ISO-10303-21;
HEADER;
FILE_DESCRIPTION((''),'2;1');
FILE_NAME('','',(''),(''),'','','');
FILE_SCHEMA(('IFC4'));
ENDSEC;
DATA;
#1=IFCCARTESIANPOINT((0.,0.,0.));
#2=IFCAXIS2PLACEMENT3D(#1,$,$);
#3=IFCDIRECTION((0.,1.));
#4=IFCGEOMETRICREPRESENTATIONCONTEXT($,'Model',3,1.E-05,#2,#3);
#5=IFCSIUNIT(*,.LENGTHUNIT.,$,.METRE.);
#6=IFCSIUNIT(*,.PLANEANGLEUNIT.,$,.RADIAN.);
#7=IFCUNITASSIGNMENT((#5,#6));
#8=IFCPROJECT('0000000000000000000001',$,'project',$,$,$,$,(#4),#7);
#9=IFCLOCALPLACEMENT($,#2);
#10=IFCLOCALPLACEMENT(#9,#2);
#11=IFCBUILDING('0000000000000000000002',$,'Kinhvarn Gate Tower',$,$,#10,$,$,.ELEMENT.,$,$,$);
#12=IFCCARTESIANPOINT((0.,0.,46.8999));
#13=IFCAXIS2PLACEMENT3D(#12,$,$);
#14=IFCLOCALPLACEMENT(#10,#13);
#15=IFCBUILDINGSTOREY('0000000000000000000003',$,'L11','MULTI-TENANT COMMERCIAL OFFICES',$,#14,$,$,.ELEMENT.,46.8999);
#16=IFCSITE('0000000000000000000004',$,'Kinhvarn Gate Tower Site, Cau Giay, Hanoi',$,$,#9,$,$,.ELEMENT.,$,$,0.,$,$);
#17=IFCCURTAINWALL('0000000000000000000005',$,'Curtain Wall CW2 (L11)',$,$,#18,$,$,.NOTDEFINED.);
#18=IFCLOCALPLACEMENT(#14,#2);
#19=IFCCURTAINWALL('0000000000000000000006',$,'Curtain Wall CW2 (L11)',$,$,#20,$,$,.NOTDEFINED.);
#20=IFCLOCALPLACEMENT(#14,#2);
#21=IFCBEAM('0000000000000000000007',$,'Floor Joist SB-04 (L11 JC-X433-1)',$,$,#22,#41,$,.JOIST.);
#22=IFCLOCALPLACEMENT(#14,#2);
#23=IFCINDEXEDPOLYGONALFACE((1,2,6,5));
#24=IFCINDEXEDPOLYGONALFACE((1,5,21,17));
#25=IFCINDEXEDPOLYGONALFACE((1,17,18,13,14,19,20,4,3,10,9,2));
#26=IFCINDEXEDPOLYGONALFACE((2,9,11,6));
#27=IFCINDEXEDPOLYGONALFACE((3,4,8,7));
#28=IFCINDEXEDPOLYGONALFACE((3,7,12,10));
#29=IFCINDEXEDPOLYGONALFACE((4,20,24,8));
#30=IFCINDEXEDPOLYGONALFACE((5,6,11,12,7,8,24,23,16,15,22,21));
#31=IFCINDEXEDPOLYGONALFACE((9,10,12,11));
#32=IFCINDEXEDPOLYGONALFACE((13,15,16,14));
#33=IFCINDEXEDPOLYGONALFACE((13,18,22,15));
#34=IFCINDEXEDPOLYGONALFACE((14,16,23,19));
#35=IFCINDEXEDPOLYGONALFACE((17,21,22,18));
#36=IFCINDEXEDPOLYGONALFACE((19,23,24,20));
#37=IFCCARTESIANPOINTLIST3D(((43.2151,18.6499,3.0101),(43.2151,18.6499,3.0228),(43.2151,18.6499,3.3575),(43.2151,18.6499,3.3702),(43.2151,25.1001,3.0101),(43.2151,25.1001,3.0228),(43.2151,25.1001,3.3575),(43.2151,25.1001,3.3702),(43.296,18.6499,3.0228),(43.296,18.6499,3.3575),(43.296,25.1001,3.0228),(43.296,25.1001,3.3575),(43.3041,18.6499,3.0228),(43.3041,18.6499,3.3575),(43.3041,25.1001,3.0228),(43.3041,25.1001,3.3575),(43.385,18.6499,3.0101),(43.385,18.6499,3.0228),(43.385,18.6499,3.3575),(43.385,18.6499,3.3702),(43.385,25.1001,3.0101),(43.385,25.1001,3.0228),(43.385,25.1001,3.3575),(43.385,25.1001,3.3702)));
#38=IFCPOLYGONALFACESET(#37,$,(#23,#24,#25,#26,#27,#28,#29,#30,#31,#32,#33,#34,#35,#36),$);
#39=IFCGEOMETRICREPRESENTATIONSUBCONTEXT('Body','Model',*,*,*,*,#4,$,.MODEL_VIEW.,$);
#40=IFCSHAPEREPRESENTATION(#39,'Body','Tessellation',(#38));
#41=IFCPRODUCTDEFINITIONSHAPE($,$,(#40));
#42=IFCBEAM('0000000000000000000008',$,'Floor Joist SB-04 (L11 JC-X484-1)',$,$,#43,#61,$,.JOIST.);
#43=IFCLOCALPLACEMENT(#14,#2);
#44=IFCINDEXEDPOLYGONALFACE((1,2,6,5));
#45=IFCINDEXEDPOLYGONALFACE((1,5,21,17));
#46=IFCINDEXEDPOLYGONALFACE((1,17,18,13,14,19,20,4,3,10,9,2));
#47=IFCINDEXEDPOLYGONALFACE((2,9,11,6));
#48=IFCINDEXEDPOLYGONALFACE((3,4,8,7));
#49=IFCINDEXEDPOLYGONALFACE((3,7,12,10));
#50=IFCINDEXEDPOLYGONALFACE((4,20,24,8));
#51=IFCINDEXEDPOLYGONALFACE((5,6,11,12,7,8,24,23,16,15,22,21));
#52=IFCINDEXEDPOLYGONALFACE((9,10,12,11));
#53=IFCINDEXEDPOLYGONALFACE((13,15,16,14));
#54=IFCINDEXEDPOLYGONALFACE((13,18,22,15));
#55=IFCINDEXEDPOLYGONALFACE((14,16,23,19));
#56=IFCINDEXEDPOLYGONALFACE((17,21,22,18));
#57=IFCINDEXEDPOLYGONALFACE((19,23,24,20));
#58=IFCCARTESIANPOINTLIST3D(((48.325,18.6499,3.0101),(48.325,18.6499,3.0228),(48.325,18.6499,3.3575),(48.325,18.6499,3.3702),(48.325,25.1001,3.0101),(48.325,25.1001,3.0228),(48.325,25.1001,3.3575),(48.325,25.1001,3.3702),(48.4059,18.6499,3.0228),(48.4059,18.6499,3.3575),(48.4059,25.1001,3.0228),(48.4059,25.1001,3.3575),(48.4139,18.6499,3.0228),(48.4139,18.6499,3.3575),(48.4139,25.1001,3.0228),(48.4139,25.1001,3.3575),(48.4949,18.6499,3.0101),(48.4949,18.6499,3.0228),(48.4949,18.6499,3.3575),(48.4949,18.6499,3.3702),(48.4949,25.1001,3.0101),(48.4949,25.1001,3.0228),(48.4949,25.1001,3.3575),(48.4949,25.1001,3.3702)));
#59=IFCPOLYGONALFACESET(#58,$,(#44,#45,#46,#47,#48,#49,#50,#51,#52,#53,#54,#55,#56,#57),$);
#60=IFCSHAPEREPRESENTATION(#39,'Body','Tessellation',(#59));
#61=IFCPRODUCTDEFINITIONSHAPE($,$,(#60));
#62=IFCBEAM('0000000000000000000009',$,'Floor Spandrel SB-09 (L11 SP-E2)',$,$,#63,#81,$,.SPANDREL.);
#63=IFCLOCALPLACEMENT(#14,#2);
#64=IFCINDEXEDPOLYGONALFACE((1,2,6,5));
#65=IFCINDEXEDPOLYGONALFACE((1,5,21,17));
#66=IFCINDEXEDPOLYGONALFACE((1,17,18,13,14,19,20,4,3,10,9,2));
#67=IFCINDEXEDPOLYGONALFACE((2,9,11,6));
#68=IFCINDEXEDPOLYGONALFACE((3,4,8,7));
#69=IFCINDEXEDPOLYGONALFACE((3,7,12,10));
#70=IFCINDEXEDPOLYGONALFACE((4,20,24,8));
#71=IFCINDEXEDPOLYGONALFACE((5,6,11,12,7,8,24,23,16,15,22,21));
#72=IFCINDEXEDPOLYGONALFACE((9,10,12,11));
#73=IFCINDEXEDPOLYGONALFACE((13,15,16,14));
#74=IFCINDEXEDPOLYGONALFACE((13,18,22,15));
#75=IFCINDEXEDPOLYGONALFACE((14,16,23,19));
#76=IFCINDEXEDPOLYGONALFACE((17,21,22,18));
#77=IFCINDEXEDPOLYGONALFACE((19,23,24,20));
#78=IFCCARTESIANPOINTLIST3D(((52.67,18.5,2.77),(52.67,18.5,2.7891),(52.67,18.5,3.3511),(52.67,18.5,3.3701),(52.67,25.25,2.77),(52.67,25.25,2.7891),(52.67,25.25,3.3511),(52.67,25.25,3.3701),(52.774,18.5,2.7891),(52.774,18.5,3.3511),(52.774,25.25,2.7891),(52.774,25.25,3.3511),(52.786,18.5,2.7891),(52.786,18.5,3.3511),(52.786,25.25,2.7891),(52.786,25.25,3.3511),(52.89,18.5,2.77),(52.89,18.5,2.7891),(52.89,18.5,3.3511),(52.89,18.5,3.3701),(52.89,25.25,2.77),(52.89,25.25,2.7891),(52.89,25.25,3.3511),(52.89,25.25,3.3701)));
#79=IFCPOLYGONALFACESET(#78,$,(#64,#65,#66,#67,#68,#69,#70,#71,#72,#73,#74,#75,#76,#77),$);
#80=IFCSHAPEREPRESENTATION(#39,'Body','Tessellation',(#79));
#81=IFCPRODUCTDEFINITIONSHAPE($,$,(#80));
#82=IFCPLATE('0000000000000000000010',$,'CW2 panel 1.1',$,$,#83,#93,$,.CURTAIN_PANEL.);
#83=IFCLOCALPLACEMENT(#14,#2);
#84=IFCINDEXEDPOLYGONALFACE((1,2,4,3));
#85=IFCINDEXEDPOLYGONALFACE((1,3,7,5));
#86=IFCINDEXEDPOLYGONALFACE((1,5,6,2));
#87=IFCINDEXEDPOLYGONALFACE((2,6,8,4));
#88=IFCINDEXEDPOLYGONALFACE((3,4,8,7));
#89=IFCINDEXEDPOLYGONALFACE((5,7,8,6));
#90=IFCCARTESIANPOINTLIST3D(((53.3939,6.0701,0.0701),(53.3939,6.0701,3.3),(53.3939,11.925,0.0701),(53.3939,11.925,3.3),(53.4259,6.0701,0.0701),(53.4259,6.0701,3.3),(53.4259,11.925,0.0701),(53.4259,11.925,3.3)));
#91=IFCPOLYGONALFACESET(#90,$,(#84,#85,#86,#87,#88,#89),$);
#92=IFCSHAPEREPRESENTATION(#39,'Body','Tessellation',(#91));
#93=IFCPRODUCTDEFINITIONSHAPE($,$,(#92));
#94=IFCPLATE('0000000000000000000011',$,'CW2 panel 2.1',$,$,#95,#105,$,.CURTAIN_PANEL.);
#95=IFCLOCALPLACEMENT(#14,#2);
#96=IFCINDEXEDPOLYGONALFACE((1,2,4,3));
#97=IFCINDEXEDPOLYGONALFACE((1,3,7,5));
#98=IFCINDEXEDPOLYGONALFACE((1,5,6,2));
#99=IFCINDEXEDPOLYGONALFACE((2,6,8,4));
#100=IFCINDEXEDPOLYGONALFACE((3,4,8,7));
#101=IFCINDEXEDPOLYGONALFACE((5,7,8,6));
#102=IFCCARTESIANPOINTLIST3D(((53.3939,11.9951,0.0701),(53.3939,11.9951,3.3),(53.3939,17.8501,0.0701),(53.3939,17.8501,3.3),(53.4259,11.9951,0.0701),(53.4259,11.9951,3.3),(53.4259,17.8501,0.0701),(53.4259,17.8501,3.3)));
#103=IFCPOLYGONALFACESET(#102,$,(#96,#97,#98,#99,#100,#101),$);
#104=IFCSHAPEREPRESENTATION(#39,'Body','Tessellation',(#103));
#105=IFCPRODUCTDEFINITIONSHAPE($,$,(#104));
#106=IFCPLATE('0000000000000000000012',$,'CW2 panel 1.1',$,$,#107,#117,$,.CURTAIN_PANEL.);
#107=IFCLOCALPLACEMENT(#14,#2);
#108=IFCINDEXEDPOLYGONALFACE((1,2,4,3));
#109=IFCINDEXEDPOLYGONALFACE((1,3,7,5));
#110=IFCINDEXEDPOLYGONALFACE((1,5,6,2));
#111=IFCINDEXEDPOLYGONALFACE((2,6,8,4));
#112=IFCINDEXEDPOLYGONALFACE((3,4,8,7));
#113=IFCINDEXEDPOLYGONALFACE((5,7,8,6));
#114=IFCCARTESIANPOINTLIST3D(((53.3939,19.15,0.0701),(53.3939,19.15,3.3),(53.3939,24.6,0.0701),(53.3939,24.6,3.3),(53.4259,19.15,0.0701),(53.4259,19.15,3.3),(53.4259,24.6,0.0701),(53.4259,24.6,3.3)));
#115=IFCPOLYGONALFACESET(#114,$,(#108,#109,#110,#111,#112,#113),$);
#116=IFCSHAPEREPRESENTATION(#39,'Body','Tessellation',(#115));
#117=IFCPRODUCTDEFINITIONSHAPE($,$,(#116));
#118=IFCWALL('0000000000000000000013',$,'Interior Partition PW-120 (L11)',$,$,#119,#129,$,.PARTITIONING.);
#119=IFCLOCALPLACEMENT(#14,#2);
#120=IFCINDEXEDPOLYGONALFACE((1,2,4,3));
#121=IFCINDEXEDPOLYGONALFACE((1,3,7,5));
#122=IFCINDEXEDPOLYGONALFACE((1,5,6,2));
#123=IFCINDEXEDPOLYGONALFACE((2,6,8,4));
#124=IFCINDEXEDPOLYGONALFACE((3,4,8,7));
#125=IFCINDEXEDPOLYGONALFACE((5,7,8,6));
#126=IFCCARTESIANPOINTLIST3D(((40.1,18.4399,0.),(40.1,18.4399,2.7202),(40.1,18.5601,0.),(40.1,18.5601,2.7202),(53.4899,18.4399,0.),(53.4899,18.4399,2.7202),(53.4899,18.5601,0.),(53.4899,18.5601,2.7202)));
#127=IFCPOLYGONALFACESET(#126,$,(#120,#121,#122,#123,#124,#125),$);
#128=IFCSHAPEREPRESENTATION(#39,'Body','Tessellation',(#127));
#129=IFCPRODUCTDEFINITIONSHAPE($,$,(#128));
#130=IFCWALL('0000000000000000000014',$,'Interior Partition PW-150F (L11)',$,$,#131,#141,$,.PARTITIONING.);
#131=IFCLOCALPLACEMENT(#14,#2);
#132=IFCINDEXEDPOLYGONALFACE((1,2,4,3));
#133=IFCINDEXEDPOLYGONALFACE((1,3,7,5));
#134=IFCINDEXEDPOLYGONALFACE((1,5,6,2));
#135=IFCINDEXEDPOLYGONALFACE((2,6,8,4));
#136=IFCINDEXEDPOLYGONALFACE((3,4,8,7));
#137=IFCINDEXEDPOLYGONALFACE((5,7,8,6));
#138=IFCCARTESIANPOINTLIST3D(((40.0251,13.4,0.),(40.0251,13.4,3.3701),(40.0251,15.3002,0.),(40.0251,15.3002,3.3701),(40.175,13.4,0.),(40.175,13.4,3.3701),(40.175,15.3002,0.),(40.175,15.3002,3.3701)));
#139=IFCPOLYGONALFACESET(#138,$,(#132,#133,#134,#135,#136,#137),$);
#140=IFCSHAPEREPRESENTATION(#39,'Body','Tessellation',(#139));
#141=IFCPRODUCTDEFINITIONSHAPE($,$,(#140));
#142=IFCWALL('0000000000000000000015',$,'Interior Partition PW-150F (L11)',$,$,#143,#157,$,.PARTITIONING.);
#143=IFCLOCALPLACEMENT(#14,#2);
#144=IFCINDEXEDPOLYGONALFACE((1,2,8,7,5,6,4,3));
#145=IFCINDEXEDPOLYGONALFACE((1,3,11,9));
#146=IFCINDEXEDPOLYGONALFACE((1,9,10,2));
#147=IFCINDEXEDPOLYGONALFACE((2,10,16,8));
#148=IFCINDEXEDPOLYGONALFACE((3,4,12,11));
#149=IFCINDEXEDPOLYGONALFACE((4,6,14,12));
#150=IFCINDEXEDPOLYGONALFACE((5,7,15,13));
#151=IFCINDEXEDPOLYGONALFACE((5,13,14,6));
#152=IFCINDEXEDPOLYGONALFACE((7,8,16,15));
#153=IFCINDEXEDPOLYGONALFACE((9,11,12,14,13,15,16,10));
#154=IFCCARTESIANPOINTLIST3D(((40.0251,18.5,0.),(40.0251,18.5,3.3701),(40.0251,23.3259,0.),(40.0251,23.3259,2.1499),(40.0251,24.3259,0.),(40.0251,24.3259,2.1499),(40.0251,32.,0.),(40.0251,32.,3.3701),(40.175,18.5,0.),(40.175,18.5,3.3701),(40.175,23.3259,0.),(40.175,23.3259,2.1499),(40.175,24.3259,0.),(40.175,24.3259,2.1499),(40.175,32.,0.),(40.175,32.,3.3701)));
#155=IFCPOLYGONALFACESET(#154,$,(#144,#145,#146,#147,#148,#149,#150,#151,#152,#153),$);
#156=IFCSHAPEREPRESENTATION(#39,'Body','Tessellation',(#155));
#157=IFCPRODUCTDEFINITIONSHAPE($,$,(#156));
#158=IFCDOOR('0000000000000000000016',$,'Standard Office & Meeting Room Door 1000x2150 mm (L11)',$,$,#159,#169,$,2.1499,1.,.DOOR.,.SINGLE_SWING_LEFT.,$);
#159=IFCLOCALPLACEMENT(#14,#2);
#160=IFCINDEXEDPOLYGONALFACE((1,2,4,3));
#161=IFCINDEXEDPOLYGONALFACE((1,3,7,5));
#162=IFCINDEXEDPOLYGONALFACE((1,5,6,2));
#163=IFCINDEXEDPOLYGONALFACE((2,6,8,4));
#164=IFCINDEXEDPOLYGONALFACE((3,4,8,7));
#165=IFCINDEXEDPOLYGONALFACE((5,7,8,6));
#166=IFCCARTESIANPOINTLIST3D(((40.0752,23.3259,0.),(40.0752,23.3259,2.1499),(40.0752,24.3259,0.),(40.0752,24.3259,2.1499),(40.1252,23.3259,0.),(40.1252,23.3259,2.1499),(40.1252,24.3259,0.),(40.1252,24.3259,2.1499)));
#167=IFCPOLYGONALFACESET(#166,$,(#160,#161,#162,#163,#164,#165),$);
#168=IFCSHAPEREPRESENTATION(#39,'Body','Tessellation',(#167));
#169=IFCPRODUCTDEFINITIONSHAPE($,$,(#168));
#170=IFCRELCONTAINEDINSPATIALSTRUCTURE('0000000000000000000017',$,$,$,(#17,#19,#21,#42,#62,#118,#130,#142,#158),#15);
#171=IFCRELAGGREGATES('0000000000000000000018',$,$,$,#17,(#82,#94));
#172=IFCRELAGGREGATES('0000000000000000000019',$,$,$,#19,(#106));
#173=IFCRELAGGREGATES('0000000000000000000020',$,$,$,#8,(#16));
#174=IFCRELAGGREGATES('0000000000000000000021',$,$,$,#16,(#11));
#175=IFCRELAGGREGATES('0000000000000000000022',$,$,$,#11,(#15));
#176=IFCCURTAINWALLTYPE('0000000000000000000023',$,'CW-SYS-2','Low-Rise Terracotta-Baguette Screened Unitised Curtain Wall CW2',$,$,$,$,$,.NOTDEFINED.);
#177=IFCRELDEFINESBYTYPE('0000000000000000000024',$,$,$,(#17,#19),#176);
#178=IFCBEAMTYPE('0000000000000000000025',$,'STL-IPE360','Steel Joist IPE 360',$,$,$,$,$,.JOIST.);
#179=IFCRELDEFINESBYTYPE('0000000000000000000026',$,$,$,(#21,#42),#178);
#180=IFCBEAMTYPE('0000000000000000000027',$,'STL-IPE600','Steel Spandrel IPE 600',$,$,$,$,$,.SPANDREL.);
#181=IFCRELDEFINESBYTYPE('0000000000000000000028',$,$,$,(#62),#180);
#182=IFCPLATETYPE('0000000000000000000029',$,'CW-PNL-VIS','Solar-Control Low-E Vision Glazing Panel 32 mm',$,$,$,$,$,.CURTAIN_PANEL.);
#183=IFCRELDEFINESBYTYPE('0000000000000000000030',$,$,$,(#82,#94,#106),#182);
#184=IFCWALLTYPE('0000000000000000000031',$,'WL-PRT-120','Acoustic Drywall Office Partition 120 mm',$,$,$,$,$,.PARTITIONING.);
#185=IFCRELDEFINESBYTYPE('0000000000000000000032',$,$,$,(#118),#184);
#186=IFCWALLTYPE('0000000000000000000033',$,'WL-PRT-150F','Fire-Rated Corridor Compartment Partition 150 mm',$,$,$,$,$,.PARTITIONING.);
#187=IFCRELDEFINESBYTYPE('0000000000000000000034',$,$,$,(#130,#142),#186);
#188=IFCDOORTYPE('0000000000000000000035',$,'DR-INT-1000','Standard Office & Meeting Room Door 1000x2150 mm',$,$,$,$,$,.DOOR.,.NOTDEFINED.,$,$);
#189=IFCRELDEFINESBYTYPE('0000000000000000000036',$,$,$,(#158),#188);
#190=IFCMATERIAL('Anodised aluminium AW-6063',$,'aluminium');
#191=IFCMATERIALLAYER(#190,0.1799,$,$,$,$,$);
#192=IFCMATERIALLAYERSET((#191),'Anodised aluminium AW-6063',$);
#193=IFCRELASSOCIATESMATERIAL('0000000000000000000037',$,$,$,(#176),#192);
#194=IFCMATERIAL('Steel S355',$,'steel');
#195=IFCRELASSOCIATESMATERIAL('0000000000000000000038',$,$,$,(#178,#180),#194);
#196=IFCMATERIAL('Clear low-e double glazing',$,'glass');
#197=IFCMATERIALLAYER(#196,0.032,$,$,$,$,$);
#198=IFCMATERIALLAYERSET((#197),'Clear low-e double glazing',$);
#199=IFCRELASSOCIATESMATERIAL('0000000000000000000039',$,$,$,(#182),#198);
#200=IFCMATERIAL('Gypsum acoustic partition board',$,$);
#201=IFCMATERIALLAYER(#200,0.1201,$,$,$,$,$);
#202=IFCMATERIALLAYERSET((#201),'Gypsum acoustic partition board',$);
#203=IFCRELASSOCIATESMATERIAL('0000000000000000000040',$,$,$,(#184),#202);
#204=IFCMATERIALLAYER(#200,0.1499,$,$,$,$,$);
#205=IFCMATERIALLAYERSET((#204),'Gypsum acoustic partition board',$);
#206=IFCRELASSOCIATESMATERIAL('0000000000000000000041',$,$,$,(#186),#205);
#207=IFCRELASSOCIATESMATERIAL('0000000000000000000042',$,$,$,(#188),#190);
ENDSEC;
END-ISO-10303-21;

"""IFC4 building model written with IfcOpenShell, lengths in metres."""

from ifc_helpers import new_model, si_unit, direction, frame, frame_2d, origin, origin_2d, place, context, subcontext, project, spatial, rectangle, i_section, extrude, material, layer, layer_set, material_profile, profile_set, type_object, element, fill, aggregate, save


model = new_model("IFC4")

# Units and contexts
model_context = context("Model", 3, precision=1e-05, world=origin(), true_north=direction((0.0, 1.0)))
body_context = subcontext(model_context, "Body", "Model", "MODEL_VIEW")
ifc_project = project(units=[si_unit("LENGTHUNIT", "METRE"), si_unit("PLANEANGLEUNIT", "RADIAN")], contexts=[model_context])

# Site, building, storey
site_placement = place(None, origin())
site = spatial("IfcSite", under=ifc_project, at=site_placement, Name="Kinhvarn Gate Tower Site, Cau Giay, Hanoi", CompositionType="ELEMENT", RefElevation=0.0)
building_placement = place(site_placement, origin())
building = spatial("IfcBuilding", under=site, at=building_placement, Name="Kinhvarn Gate Tower", CompositionType="ELEMENT")
storey_placement = place(building_placement, frame((0.0, 0.0, 46.8999)))
storey = spatial("IfcBuildingStorey", under=building, at=storey_placement, Name="L11", Description="MULTI-TENANT COMMERCIAL OFFICES", CompositionType="ELEMENT", Elevation=46.8999)

# Curtain wall
ifc_material_1 = material(Name="Anodised aluminium AW-6063", Category="aluminium")
ifc_layer_1 = layer(ifc_material_1, 0.1799)
ifc_layer_set_1 = layer_set([ifc_layer_1], Name="Anodised aluminium AW-6063")
curtain_wall_type = type_object("IfcCurtainWallType", Name="CW-SYS-2", Description="Low-Rise Terracotta-Baguette Screened Unitised Curtain Wall CW2", PredefinedType="NOTDEFINED", material=ifc_layer_set_1)
curtain_wall_1_placement = place(storey_placement, origin())
curtain_wall_1 = element("IfcCurtainWall", 1, at=curtain_wall_1_placement, inside=storey, type_object=curtain_wall_type, Name="Curtain Wall CW2 (L11)", PredefinedType="NOTDEFINED")

# Curtain wall
curtain_wall_2_placement = place(storey_placement, origin())
curtain_wall_2 = element("IfcCurtainWall", 2, at=curtain_wall_2_placement, inside=storey, type_object=curtain_wall_type, Name="Curtain Wall CW2 (L11)", PredefinedType="NOTDEFINED")

# Beams
ifc_material_2 = material(Name="Steel S355", Category="steel")
ifc_material_profile_1 = material_profile(ifc_material_2, i_section(OverallWidth=0.1699, OverallDepth=0.3601, WebThickness=0.0081, FlangeThickness=0.0127, at=origin_2d()), Name="IPE 360")
ifc_profile_set_1 = profile_set([ifc_material_profile_1], Name="Steel S355")
beam_type_1 = type_object("IfcBeamType", Name="STL-IPE360", Description="Steel Joist IPE 360", PredefinedType="JOIST", material=ifc_profile_set_1)
for number, where, z_axis, x_axis, name in (
    (3, (43.3, 18.6499, 3.1902), (0.0, 1.0, 0.0), (-1.0, 0.0, 0.0), "Floor Joist SB-04 (L11 JC-X433-1)"),
    (4, (48.4099, 18.6499, 3.1902), (0.0, 1.0, 0.0), (-1.0, 0.0, 0.0), "Floor Joist SB-04 (L11 JC-X484-1)"),
):
    element("IfcBeam", number, at=place(storey_placement, frame(where, z_axis=z_axis, x_axis=x_axis)), inside=storey, type_object=beam_type_1, Name=name, PredefinedType="JOIST", context=body_context, shape_type="SweptSolid", body=[
        extrude(i_section(OverallWidth=0.1699, OverallDepth=0.3601, WebThickness=0.0081, FlangeThickness=0.0127, at=origin_2d()), origin(), (0.0, 0.0, 1.0), 6.4502),
    ])
ifc_material_profile_2 = material_profile(ifc_material_2, i_section(OverallWidth=0.22, OverallDepth=0.6001, WebThickness=0.012, FlangeThickness=0.019, at=origin_2d()), Name="IPE 600")
ifc_profile_set_2 = profile_set([ifc_material_profile_2], Name="Steel S355")
beam_type_2 = type_object("IfcBeamType", Name="STL-IPE600", Description="Steel Spandrel IPE 600", PredefinedType="SPANDREL", material=ifc_profile_set_2)
beam_1_placement = place(storey_placement, frame((52.78, 18.5, 3.0701), z_axis=(0.0, 1.0, 0.0), x_axis=(-1.0, 0.0, 0.0)))
element("IfcBeam", 5, at=beam_1_placement, inside=storey, type_object=beam_type_2, Name="Floor Spandrel SB-09 (L11 SP-E2)", PredefinedType="SPANDREL", context=body_context, shape_type="SweptSolid", body=[
    extrude(i_section(OverallWidth=0.22, OverallDepth=0.6001, WebThickness=0.012, FlangeThickness=0.019, at=origin_2d()), origin(), (0.0, 0.0, 1.0), 6.75),
])

# Plates
ifc_material_3 = material(Name="Clear low-e double glazing", Category="glass")
ifc_layer_2 = layer(ifc_material_3, 0.032)
ifc_layer_set_2 = layer_set([ifc_layer_2], Name="Clear low-e double glazing")
plate_type = type_object("IfcPlateType", Name="CW-PNL-VIS", Description="Solar-Control Low-E Vision Glazing Panel 32 mm", PredefinedType="CURTAIN_PANEL", material=ifc_layer_set_2)
plate_1_placement = place(storey_placement, frame((53.4099, 8.9976, 0.0701), z_axis=(0.0, 0.0, 1.0), x_axis=(0.0, 1.0, 0.0)))
plate_1 = element("IfcPlate", 6, at=plate_1_placement, type_object=plate_type, Name="CW2 panel 1.1", PredefinedType="CURTAIN_PANEL", context=body_context, shape_type="SweptSolid", body=[
    extrude(rectangle(XDim=5.855, YDim=0.032, at=origin_2d()), origin(), (0.0, 0.0, 1.0), 3.23),
])
plate_2_placement = place(storey_placement, frame((53.4099, 14.9226, 0.0701), z_axis=(0.0, 0.0, 1.0), x_axis=(0.0, 1.0, 0.0)))
plate_2 = element("IfcPlate", 7, at=plate_2_placement, type_object=plate_type, Name="CW2 panel 2.1", PredefinedType="CURTAIN_PANEL", context=body_context, shape_type="SweptSolid", body=[
    extrude(rectangle(XDim=5.855, YDim=0.032, at=origin_2d()), origin(), (0.0, 0.0, 1.0), 3.23),
])
aggregate(curtain_wall_1, [plate_1, plate_2])
plate_3_placement = place(storey_placement, frame((53.4099, 21.875, 0.0701), z_axis=(0.0, 0.0, 1.0), x_axis=(0.0, 1.0, 0.0)))
plate_3 = element("IfcPlate", 8, at=plate_3_placement, type_object=plate_type, Name="CW2 panel 1.1", PredefinedType="CURTAIN_PANEL", context=body_context, shape_type="SweptSolid", body=[
    extrude(rectangle(XDim=5.45, YDim=0.032, at=origin_2d()), origin(), (0.0, 0.0, 1.0), 3.23),
])
aggregate(curtain_wall_2, [plate_3])

# Walls
ifc_material_4 = material(Name="Gypsum acoustic partition board")
ifc_layer_3 = layer(ifc_material_4, 0.1201)
ifc_layer_set_3 = layer_set([ifc_layer_3], Name="Gypsum acoustic partition board")
wall_type_1 = type_object("IfcWallType", Name="WL-PRT-120", Description="Acoustic Drywall Office Partition 120 mm", PredefinedType="PARTITIONING", material=ifc_layer_set_3)
wall_1_placement = place(storey_placement, frame((40.1001, 18.5, 0.0), z_axis=(0.0, 0.0, 1.0), x_axis=(1.0, 0.0, 0.0)))
element("IfcWall", 9, at=wall_1_placement, inside=storey, type_object=wall_type_1, Name="Interior Partition PW-120 (L11)", PredefinedType="PARTITIONING", context=body_context, shape_type="SweptSolid", body=[
    extrude(rectangle(XDim=13.3899, YDim=0.1201, at=frame_2d((6.6948, 0.0))), origin(), (0.0, 0.0, 1.0), 2.7202),
])
ifc_layer_4 = layer(ifc_material_4, 0.1499)
ifc_layer_set_4 = layer_set([ifc_layer_4], Name="Gypsum acoustic partition board")
wall_type_2 = type_object("IfcWallType", Name="WL-PRT-150F", Description="Fire-Rated Corridor Compartment Partition 150 mm", PredefinedType="PARTITIONING", material=ifc_layer_set_4)
wall_2_placement = place(storey_placement, frame((40.1001, 13.3999, 0.0), z_axis=(0.0, 0.0, 1.0), x_axis=(0.0, 1.0, 0.0)))
element("IfcWall", 10, at=wall_2_placement, inside=storey, type_object=wall_type_2, Name="Interior Partition PW-150F (L11)", PredefinedType="PARTITIONING", context=body_context, shape_type="SweptSolid", body=[
    extrude(rectangle(XDim=1.9001, YDim=0.1499, at=frame_2d((0.9502, 0.0))), origin(), (0.0, 0.0, 1.0), 3.3701),
])

# Wall, opening, door
door_type = type_object("IfcDoorType", Name="DR-INT-1000", Description="Standard Office & Meeting Room Door 1000x2150 mm", OperationType="NOTDEFINED", PredefinedType="DOOR", material=ifc_material_1)
wall_3_placement = place(storey_placement, frame((40.1001, 18.5, 0.0), z_axis=(0.0, 0.0, 1.0), x_axis=(0.0, 1.0, 0.0)))
wall_3 = element("IfcWall", 11, at=wall_3_placement, inside=storey, type_object=wall_type_2, Name="Interior Partition PW-150F (L11)", PredefinedType="PARTITIONING", context=body_context, shape_type="SweptSolid", body=[
    extrude(rectangle(XDim=13.5, YDim=0.1499, at=frame_2d((6.75, 0.0))), origin(), (0.0, 0.0, 1.0), 3.3701),
])
opening_1_placement = place(wall_3_placement, frame((4.8259, 0.0, 0.0)))
opening_1 = element("IfcOpeningElement", 12, at=opening_1_placement, cuts=wall_3, PredefinedType="OPENING", context=body_context, shape_type="SweptSolid", body=[
    extrude(rectangle(XDim=1.0, YDim=2.1499, at=frame_2d((0.5, 1.075))), frame((0.0, 0.085, 0.0), z_axis=(0.0, -1.0, 0.0), x_axis=(1.0, 0.0, 0.0)), (0.0, 0.0, 1.0), 0.1699),
])
door_1_placement = place(opening_1_placement, origin())
door_1 = element("IfcDoor", 13, at=door_1_placement, inside=storey, type_object=door_type, Name="Standard Office & Meeting Room Door 1000x2150 mm (L11)", OperationType="SINGLE_SWING_LEFT", OverallHeight=2.1499, OverallWidth=1.0, PredefinedType="DOOR", context=body_context, shape_type="SweptSolid", body=[
    extrude(rectangle(XDim=1.0, YDim=2.1499, at=frame_2d((0.5, 1.075))), frame((0.0, 0.0249, 0.0), z_axis=(0.0, -1.0, 0.0), x_axis=(1.0, 0.0, 0.0)), (0.0, 0.0, 1.0), 0.05),
])
fill(opening_1, door_1)

save(model, "model.ifc")
